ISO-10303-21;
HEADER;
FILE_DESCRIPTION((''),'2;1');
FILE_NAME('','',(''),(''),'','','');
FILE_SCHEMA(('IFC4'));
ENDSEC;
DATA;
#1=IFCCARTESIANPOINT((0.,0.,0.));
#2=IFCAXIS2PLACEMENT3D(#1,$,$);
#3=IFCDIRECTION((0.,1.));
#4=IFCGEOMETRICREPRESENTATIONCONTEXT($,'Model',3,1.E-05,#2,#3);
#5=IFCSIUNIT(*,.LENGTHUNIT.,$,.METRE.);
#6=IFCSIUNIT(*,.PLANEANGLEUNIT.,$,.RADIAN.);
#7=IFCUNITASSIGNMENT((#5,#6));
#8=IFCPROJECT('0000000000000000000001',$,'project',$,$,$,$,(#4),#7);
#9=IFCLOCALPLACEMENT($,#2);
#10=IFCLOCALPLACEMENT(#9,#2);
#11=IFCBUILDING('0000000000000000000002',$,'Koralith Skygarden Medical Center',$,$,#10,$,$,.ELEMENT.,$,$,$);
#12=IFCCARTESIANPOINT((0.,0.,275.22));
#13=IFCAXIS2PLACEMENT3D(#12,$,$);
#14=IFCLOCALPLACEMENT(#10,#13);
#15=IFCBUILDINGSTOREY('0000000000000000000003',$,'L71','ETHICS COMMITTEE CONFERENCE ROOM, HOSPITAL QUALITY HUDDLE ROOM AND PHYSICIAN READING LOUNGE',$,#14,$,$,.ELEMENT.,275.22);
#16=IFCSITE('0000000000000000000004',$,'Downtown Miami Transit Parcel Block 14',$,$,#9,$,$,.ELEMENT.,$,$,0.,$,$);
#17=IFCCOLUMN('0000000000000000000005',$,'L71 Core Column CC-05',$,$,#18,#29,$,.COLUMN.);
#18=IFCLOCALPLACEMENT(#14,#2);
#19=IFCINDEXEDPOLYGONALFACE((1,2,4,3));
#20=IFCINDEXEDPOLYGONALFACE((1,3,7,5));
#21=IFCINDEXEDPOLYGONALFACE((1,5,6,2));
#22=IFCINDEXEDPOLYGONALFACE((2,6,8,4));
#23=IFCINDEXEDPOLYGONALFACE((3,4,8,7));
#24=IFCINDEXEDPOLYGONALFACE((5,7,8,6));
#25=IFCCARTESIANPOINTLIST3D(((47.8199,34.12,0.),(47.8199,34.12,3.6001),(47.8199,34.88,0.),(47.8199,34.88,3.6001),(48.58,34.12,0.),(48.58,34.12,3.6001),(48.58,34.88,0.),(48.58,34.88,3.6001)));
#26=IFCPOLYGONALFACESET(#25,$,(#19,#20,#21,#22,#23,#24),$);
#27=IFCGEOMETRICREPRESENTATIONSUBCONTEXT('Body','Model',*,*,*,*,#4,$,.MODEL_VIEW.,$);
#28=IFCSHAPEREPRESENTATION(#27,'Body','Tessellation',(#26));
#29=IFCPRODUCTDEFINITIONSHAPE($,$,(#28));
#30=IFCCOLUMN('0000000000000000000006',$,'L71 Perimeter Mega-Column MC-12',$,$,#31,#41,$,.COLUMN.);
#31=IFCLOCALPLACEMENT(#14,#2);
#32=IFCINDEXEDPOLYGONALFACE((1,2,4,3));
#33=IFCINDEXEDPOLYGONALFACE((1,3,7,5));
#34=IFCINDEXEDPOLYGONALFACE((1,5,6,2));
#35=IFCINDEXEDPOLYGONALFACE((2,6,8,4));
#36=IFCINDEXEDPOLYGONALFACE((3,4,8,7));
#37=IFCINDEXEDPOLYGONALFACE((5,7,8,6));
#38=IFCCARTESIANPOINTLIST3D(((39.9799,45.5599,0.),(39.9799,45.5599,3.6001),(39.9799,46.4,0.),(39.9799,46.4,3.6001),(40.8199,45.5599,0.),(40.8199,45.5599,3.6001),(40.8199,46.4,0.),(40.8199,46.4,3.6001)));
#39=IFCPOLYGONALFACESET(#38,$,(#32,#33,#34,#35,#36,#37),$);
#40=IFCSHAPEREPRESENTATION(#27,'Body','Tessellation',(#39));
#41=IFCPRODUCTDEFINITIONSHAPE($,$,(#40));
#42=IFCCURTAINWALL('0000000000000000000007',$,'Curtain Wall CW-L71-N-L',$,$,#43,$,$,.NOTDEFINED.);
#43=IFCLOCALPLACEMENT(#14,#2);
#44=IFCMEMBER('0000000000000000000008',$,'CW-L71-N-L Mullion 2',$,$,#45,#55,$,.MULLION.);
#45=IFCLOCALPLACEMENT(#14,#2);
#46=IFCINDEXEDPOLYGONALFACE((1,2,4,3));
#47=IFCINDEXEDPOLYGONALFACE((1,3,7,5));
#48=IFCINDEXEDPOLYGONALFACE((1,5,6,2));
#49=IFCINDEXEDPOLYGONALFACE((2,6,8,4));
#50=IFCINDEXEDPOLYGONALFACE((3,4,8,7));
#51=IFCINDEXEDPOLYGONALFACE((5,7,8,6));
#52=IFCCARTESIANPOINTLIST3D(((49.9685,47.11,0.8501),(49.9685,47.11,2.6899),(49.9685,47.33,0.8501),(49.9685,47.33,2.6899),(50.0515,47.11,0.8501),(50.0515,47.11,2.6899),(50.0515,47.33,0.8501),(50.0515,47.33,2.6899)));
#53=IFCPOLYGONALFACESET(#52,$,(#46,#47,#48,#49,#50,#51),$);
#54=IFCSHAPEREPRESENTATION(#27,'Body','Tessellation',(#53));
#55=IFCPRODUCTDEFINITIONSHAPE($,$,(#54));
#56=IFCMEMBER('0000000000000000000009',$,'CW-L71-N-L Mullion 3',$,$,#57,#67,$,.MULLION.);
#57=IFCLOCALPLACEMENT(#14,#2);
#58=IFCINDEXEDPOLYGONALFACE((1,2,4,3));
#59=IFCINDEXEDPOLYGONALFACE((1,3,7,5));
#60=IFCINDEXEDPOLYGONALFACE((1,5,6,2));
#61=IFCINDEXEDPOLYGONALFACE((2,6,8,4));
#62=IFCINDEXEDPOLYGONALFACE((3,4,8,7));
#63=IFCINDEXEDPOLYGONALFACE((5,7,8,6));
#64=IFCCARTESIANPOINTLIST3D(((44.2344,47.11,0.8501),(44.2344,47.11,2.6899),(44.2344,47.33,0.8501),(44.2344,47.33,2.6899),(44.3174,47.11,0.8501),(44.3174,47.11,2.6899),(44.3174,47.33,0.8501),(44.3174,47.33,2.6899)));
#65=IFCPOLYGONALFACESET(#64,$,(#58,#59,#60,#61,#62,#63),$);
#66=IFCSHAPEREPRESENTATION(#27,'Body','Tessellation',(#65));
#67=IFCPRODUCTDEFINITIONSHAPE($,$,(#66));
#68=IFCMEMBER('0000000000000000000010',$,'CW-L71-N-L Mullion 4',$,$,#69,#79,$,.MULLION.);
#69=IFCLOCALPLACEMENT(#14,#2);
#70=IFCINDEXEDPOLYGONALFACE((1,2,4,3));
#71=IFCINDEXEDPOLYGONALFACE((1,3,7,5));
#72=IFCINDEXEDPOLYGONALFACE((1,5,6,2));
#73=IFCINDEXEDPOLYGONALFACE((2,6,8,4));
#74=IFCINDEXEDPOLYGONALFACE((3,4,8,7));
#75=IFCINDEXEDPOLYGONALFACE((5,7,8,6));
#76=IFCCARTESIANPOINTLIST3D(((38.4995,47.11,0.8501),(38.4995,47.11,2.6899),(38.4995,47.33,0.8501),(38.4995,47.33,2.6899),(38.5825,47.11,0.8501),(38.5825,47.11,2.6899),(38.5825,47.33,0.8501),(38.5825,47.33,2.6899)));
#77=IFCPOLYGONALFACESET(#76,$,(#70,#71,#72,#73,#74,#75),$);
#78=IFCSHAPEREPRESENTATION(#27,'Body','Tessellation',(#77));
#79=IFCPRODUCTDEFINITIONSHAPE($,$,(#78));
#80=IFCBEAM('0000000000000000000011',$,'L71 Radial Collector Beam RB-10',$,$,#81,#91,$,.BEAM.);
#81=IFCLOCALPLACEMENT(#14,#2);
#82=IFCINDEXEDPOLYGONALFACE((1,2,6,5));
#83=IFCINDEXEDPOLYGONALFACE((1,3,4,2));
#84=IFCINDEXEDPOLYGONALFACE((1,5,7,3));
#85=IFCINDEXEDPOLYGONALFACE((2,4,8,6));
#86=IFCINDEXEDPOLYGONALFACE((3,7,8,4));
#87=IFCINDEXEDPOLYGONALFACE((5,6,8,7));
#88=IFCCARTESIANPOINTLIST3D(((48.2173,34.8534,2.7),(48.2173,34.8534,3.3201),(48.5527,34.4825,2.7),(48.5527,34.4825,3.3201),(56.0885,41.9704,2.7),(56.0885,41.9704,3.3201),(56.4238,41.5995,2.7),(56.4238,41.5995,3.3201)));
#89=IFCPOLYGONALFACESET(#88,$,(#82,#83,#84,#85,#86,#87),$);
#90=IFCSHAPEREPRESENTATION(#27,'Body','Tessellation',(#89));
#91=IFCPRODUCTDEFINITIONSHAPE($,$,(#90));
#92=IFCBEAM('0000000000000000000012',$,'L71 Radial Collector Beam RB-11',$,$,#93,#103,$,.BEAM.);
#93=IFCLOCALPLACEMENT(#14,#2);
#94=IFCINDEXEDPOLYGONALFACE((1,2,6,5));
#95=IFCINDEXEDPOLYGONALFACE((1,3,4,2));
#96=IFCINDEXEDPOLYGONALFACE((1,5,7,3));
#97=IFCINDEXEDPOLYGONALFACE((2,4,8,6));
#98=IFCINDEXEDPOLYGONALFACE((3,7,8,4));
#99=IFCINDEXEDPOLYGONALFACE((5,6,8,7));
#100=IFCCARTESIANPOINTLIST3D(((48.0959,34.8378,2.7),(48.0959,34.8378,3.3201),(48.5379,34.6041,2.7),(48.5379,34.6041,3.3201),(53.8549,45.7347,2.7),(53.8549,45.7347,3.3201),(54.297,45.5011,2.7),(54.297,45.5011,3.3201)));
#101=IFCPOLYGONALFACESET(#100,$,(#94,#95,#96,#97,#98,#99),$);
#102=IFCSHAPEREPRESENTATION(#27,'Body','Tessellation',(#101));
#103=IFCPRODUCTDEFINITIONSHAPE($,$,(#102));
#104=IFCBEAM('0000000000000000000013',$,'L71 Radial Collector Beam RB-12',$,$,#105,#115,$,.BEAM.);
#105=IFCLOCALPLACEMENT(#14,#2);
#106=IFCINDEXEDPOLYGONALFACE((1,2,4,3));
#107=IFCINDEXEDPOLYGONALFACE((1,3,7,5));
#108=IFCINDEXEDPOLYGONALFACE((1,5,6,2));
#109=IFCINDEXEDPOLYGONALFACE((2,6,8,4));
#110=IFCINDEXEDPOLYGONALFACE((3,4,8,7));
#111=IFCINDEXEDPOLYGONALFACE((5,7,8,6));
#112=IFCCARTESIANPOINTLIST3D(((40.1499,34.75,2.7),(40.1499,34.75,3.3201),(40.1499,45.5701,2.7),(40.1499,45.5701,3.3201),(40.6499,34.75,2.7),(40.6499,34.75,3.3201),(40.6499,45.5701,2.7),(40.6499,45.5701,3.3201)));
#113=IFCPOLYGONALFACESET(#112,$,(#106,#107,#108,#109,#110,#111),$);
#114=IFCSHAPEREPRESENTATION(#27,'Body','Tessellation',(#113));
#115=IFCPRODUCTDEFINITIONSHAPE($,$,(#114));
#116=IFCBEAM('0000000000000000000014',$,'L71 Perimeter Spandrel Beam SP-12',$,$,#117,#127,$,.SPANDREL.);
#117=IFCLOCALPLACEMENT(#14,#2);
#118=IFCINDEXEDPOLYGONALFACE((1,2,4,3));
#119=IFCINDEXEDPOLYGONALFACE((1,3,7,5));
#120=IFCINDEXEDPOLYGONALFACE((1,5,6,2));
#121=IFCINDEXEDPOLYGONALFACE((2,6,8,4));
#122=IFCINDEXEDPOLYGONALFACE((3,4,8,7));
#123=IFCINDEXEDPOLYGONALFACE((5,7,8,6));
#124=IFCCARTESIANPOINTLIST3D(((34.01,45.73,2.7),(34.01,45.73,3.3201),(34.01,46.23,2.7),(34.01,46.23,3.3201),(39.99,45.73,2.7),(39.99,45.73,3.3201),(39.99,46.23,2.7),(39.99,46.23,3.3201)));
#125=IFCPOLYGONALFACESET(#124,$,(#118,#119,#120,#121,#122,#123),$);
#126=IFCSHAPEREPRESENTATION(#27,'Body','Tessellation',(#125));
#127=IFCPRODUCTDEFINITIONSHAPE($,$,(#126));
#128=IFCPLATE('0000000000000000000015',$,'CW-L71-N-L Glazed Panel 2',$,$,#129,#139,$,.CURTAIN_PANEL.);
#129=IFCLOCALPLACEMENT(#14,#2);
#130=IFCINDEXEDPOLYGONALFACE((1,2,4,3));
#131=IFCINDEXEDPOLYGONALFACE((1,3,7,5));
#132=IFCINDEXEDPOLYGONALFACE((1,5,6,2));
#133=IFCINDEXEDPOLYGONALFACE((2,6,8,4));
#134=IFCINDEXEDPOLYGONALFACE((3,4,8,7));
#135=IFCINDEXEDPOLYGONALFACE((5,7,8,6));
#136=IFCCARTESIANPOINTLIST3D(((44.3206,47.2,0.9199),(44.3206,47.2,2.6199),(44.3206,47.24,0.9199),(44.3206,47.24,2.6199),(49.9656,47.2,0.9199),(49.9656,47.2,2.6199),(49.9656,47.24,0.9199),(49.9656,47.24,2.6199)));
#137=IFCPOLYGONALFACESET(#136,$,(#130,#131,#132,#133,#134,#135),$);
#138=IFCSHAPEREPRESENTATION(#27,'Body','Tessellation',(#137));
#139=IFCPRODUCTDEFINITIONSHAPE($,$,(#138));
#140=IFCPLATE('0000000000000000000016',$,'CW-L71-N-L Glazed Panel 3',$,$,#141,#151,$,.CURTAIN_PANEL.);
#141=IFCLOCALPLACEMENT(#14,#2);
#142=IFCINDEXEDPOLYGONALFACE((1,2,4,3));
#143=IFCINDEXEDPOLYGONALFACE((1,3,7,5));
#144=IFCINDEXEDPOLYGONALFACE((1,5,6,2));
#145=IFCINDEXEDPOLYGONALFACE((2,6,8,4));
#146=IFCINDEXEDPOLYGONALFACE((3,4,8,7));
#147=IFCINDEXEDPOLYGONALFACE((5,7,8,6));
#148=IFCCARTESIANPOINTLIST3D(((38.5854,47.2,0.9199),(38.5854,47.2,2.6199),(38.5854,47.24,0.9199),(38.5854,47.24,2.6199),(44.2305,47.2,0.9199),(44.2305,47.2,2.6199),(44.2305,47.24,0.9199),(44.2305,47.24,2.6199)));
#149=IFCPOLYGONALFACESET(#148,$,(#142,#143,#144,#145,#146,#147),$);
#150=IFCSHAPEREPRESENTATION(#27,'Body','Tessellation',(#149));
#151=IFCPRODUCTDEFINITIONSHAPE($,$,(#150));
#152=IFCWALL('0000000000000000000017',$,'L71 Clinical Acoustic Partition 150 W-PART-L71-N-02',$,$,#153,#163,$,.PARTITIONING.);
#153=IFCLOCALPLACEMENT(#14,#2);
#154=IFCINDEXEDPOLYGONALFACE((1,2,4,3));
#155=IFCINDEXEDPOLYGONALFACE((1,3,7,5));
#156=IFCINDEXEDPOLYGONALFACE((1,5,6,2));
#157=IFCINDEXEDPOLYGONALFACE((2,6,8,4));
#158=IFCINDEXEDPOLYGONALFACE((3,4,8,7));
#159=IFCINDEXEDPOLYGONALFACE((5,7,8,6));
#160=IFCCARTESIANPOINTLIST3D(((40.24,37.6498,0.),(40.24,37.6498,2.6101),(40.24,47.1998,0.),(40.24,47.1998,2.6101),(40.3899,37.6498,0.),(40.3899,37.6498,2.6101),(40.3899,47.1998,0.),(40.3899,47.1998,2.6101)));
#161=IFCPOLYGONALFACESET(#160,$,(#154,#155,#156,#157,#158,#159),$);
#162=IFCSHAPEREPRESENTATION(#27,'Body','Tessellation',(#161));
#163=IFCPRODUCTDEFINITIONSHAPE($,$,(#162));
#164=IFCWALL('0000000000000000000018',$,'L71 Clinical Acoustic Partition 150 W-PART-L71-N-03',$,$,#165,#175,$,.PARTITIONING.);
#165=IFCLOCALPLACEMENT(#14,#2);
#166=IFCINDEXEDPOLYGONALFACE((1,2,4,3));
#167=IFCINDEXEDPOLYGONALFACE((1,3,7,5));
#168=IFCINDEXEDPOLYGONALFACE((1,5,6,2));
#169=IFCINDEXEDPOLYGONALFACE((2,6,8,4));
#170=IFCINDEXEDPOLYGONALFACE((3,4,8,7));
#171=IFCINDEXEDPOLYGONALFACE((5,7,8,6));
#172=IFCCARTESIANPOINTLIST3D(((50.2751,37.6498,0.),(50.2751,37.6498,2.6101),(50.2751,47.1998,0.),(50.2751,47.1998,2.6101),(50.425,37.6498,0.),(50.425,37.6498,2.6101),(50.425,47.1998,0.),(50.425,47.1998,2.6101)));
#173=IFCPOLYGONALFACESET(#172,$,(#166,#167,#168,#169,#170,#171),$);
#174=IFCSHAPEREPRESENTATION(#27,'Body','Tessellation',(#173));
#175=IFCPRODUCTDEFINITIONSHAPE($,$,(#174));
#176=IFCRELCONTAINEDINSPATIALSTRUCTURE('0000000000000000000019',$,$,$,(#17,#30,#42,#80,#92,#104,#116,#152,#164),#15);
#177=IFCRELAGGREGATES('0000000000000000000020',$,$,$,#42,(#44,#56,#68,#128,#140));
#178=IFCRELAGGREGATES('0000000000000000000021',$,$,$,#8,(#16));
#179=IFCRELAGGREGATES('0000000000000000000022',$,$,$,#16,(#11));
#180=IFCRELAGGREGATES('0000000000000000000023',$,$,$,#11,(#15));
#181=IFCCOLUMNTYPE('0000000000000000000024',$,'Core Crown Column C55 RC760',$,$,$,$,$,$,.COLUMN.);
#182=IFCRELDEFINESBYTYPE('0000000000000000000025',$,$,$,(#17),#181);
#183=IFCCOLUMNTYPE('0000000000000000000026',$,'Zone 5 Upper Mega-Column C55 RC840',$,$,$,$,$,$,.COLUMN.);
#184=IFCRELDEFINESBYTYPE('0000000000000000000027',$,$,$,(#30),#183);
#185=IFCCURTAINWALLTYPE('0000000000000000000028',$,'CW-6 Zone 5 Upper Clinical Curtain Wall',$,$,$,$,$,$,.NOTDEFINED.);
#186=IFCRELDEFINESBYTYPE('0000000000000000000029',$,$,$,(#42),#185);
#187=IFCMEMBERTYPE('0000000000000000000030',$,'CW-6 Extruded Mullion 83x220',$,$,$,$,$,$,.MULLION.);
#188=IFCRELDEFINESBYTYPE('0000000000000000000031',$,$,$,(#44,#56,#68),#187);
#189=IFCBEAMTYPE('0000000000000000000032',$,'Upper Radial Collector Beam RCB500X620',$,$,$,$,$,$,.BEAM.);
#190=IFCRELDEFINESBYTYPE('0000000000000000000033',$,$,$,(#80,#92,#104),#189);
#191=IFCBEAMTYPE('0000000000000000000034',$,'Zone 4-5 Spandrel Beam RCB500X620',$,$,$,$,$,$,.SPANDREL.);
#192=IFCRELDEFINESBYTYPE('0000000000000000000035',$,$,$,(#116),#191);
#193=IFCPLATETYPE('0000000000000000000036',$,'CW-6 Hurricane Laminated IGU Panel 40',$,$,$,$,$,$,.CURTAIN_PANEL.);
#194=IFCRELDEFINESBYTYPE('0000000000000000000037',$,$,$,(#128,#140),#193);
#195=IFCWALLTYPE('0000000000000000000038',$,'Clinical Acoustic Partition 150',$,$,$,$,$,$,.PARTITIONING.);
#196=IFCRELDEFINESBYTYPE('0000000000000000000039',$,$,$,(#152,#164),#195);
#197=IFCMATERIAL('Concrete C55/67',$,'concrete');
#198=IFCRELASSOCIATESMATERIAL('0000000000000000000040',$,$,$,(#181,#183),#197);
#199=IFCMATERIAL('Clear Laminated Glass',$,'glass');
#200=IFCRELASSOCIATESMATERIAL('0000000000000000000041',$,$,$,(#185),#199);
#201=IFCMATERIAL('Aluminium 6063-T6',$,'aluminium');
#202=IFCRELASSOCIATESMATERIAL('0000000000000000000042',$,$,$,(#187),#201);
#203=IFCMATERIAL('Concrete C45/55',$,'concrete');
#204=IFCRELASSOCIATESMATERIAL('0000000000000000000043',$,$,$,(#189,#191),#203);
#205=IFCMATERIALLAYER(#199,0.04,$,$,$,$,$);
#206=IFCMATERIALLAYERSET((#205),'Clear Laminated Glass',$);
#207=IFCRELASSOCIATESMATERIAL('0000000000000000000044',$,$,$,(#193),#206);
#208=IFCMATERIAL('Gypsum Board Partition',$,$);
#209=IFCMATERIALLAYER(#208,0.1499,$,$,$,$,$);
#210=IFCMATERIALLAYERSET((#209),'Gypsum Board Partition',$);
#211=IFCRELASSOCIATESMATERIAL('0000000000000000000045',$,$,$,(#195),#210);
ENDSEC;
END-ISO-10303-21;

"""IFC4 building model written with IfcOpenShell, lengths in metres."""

from ifc_helpers import new_model, si_unit, direction, frame, frame_2d, origin, origin_2d, place, context, subcontext, project, spatial, rectangle, extrude, material, layer, layer_set, material_profile, profile_set, type_object, element, aggregate, save


model = new_model("IFC4")

# Units and contexts
model_context = context("Model", 3, precision=1e-05, world=origin(), true_north=direction((0.0, 1.0)))
body_context = subcontext(model_context, "Body", "Model", "MODEL_VIEW")
ifc_project = project(units=[si_unit("LENGTHUNIT", "METRE"), si_unit("PLANEANGLEUNIT", "RADIAN")], contexts=[model_context])

# Site, building, storey
site_placement = place(None, origin())
site = spatial("IfcSite", under=ifc_project, at=site_placement, Name="Downtown Miami Transit Parcel Block 14", CompositionType="ELEMENT", RefElevation=0.0)
building_placement = place(site_placement, origin())
building = spatial("IfcBuilding", under=site, at=building_placement, Name="Koralith Skygarden Medical Center", CompositionType="ELEMENT")
storey_placement = place(building_placement, frame((0.0, 0.0, 275.22)))
storey = spatial("IfcBuildingStorey", under=building, at=storey_placement, Name="L71", Description="ETHICS COMMITTEE CONFERENCE ROOM, HOSPITAL QUALITY HUDDLE ROOM AND PHYSICIAN READING LOUNGE", CompositionType="ELEMENT", Elevation=275.22)

# Columns
ifc_material_1 = material(Name="Concrete C55/67", Category="concrete")
ifc_material_profile_1 = material_profile(ifc_material_1, rectangle(XDim=0.76, YDim=0.76, at=origin_2d()), Name="RC760X760")
ifc_profile_set_1 = profile_set([ifc_material_profile_1], Name="Concrete C55/67")
column_type_1 = type_object("IfcColumnType", Name="Core Crown Column C55 RC760", PredefinedType="COLUMN", material=ifc_profile_set_1)
column_1_placement = place(storey_placement, frame((48.2, 34.5, 0.0), z_axis=(0.0, 0.0, 1.0), x_axis=(1.0, 0.0, 0.0)))
element("IfcColumn", 1, at=column_1_placement, inside=storey, type_object=column_type_1, Name="L71 Core Column CC-05", PredefinedType="COLUMN", context=body_context, shape_type="SweptSolid", body=[
    extrude(rectangle(XDim=0.76, YDim=0.76, at=origin_2d()), origin(), (0.0, 0.0, 1.0), 3.6001),
])
ifc_material_profile_2 = material_profile(ifc_material_1, rectangle(XDim=0.8401, YDim=0.8401, at=origin_2d()), Name="RC840X840")
ifc_profile_set_2 = profile_set([ifc_material_profile_2], Name="Concrete C55/67")
column_type_2 = type_object("IfcColumnType", Name="Zone 5 Upper Mega-Column C55 RC840", PredefinedType="COLUMN", material=ifc_profile_set_2)
column_2_placement = place(storey_placement, frame((40.3999, 45.98, 0.0), z_axis=(0.0, 0.0, 1.0), x_axis=(1.0, 0.0, 0.0)))
element("IfcColumn", 2, at=column_2_placement, inside=storey, type_object=column_type_2, Name="L71 Perimeter Mega-Column MC-12", PredefinedType="COLUMN", context=body_context, shape_type="SweptSolid", body=[
    extrude(rectangle(XDim=0.8401, YDim=0.8401, at=origin_2d()), origin(), (0.0, 0.0, 1.0), 3.6001),
])

# Curtain wall, members
ifc_material_2 = material(Name="Clear Laminated Glass", Category="glass")
curtain_wall_type = type_object("IfcCurtainWallType", Name="CW-6 Zone 5 Upper Clinical Curtain Wall", PredefinedType="NOTDEFINED", material=ifc_material_2)
curtain_wall_placement = place(storey_placement, origin())
curtain_wall = element("IfcCurtainWall", 3, at=curtain_wall_placement, inside=storey, type_object=curtain_wall_type, Name="Curtain Wall CW-L71-N-L", PredefinedType="NOTDEFINED")
ifc_material_3 = material(Name="Aluminium 6063-T6", Category="aluminium")
ifc_material_profile_3 = material_profile(ifc_material_3, rectangle(XDim=0.083, YDim=0.22, at=origin_2d()), Name="MUL83X220")
ifc_profile_set_3 = profile_set([ifc_material_profile_3], Name="Aluminium 6063-T6")
member_type = type_object("IfcMemberType", Name="CW-6 Extruded Mullion 83x220", PredefinedType="MULLION", material=ifc_profile_set_3)
member_1_placement = place(storey_placement, frame((50.01, 47.22, 0.8501), z_axis=(0.0, 0.0, 1.0), x_axis=(1.0, 0.0, 0.0)))
member_1 = element("IfcMember", 4, at=member_1_placement, type_object=member_type, Name="CW-L71-N-L Mullion 2", PredefinedType="MULLION", context=body_context, shape_type="SweptSolid", body=[
    extrude(rectangle(XDim=0.083, YDim=0.22, at=origin_2d()), origin(), (0.0, 0.0, 1.0), 1.8398),
])
member_2_placement = place(storey_placement, frame((44.2759, 47.22, 0.8501), z_axis=(0.0, 0.0, 1.0), x_axis=(1.0, 0.0, 0.0)))
member_2 = element("IfcMember", 5, at=member_2_placement, type_object=member_type, Name="CW-L71-N-L Mullion 3", PredefinedType="MULLION", context=body_context, shape_type="SweptSolid", body=[
    extrude(rectangle(XDim=0.083, YDim=0.22, at=origin_2d()), origin(), (0.0, 0.0, 1.0), 1.8398),
])
member_3_placement = place(storey_placement, frame((38.541, 47.22, 0.8501), z_axis=(0.0, 0.0, 1.0), x_axis=(1.0, 0.0, 0.0)))
member_3 = element("IfcMember", 6, at=member_3_placement, type_object=member_type, Name="CW-L71-N-L Mullion 4", PredefinedType="MULLION", context=body_context, shape_type="SweptSolid", body=[
    extrude(rectangle(XDim=0.083, YDim=0.22, at=origin_2d()), origin(), (0.0, 0.0, 1.0), 1.8398),
])

# Beams
ifc_material_4 = material(Name="Concrete C45/55", Category="concrete")
ifc_material_profile_4 = material_profile(ifc_material_4, rectangle(XDim=0.5, YDim=0.6201, at=origin_2d()), Name="RCB500X620")
ifc_profile_set_4 = profile_set([ifc_material_profile_4], Name="Concrete C45/55")
beam_type_1 = type_object("IfcBeamType", Name="Upper Radial Collector Beam RCB500X620", PredefinedType="BEAM", material=ifc_profile_set_4)
beam_1_placement = place(storey_placement, frame((48.385, 34.668, 3.01), z_axis=(0.741748, 0.670679, 0.0), x_axis=(-0.670679, 0.741748, 0.0)))
element("IfcBeam", 7, at=beam_1_placement, inside=storey, type_object=beam_type_1, Name="L71 Radial Collector Beam RB-10", PredefinedType="BEAM", context=body_context, shape_type="SweptSolid", body=[
    extrude(rectangle(XDim=0.5, YDim=0.6201, at=origin_2d()), origin(), (0.0, 0.0, 1.0), 10.6116),
])
beam_2_placement = place(storey_placement, frame((48.3169, 34.7209, 3.01), z_axis=(0.467257, 0.884122, 0.0), x_axis=(-0.884122, 0.467257, 0.0)))
element("IfcBeam", 8, at=beam_2_placement, inside=storey, type_object=beam_type_1, Name="L71 Radial Collector Beam RB-11", PredefinedType="BEAM", context=body_context, shape_type="SweptSolid", body=[
    extrude(rectangle(XDim=0.5, YDim=0.6201, at=origin_2d()), origin(), (0.0, 0.0, 1.0), 12.3252),
])
beam_3_placement = place(storey_placement, frame((40.3999, 34.75, 3.01), z_axis=(0.0, 1.0, 0.0), x_axis=(-1.0, 0.0, 0.0)))
element("IfcBeam", 9, at=beam_3_placement, inside=storey, type_object=beam_type_1, Name="L71 Radial Collector Beam RB-12", PredefinedType="BEAM", context=body_context, shape_type="SweptSolid", body=[
    extrude(rectangle(XDim=0.5, YDim=0.6201, at=origin_2d()), origin(), (0.0, 0.0, 1.0), 10.8201),
])
ifc_material_profile_5 = material_profile(ifc_material_4, rectangle(XDim=0.5, YDim=0.6201, at=origin_2d()), Name="RCB500X620")
ifc_profile_set_5 = profile_set([ifc_material_profile_5], Name="Concrete C45/55")
beam_type_2 = type_object("IfcBeamType", Name="Zone 4-5 Spandrel Beam RCB500X620", PredefinedType="SPANDREL", material=ifc_profile_set_5)
beam_4_placement = place(storey_placement, frame((39.99, 45.98, 3.01), z_axis=(-1.0, 0.0, 0.0), x_axis=(0.0, -1.0, 0.0)))
element("IfcBeam", 10, at=beam_4_placement, inside=storey, type_object=beam_type_2, Name="L71 Perimeter Spandrel Beam SP-12", PredefinedType="SPANDREL", context=body_context, shape_type="SweptSolid", body=[
    extrude(rectangle(XDim=0.5, YDim=0.6201, at=origin_2d()), origin(), (0.0, 0.0, 1.0), 5.98),
])

# Plates
ifc_layer_1 = layer(ifc_material_2, 0.04)
ifc_layer_set_1 = layer_set([ifc_layer_1], Name="Clear Laminated Glass")
plate_type = type_object("IfcPlateType", Name="CW-6 Hurricane Laminated IGU Panel 40", PredefinedType="CURTAIN_PANEL", material=ifc_layer_set_1)
plate_1_placement = place(storey_placement, frame((47.1431, 47.22, 0.9199), z_axis=(0.0, 0.0, 1.0), x_axis=(-1.0, 0.0, 0.0)))
plate_1 = element("IfcPlate", 11, at=plate_1_placement, type_object=plate_type, Name="CW-L71-N-L Glazed Panel 2", PredefinedType="CURTAIN_PANEL", context=body_context, shape_type="SweptSolid", body=[
    extrude(rectangle(XDim=5.645, YDim=0.04, at=origin_2d()), origin(), (0.0, 0.0, 1.0), 1.7),
])
plate_2_placement = place(storey_placement, frame((41.408, 47.22, 0.9199), z_axis=(0.0, 0.0, 1.0), x_axis=(-1.0, 0.0, 0.0)))
plate_2 = element("IfcPlate", 12, at=plate_2_placement, type_object=plate_type, Name="CW-L71-N-L Glazed Panel 3", PredefinedType="CURTAIN_PANEL", context=body_context, shape_type="SweptSolid", body=[
    extrude(rectangle(XDim=5.645, YDim=0.04, at=origin_2d()), origin(), (0.0, 0.0, 1.0), 1.7),
])
aggregate(curtain_wall, [member_1, member_2, member_3, plate_1, plate_2])

# Walls
ifc_material_5 = material(Name="Gypsum Board Partition")
ifc_layer_2 = layer(ifc_material_5, 0.1499)
ifc_layer_set_2 = layer_set([ifc_layer_2], Name="Gypsum Board Partition")
wall_type_1 = type_object("IfcWallType", Name="Clinical Acoustic Partition 150", PredefinedType="PARTITIONING", material=ifc_layer_set_2)
for number, where, z_axis, x_axis, name in (
    (13, (40.3149, 37.6499, 0.0), (0.0, 0.0, 1.0), (0.0, 1.0, 0.0), "L71 Clinical Acoustic Partition 150 W-PART-L71-N-02"),
    (14, (50.3501, 37.6499, 0.0), (0.0, 0.0, 1.0), (0.0, 1.0, 0.0), "L71 Clinical Acoustic Partition 150 W-PART-L71-N-03"),
):
    element("IfcWall", number, at=place(storey_placement, frame(where, z_axis=z_axis, x_axis=x_axis)), inside=storey, type_object=wall_type_1, Name=name, PredefinedType="PARTITIONING", context=body_context, shape_type="SweptSolid", body=[
        extrude(rectangle(XDim=9.55, YDim=0.1499, at=frame_2d((4.7749, 0.0))), origin(), (0.0, 0.0, 1.0), 2.6101),
    ])

save(model, "model.ifc")
